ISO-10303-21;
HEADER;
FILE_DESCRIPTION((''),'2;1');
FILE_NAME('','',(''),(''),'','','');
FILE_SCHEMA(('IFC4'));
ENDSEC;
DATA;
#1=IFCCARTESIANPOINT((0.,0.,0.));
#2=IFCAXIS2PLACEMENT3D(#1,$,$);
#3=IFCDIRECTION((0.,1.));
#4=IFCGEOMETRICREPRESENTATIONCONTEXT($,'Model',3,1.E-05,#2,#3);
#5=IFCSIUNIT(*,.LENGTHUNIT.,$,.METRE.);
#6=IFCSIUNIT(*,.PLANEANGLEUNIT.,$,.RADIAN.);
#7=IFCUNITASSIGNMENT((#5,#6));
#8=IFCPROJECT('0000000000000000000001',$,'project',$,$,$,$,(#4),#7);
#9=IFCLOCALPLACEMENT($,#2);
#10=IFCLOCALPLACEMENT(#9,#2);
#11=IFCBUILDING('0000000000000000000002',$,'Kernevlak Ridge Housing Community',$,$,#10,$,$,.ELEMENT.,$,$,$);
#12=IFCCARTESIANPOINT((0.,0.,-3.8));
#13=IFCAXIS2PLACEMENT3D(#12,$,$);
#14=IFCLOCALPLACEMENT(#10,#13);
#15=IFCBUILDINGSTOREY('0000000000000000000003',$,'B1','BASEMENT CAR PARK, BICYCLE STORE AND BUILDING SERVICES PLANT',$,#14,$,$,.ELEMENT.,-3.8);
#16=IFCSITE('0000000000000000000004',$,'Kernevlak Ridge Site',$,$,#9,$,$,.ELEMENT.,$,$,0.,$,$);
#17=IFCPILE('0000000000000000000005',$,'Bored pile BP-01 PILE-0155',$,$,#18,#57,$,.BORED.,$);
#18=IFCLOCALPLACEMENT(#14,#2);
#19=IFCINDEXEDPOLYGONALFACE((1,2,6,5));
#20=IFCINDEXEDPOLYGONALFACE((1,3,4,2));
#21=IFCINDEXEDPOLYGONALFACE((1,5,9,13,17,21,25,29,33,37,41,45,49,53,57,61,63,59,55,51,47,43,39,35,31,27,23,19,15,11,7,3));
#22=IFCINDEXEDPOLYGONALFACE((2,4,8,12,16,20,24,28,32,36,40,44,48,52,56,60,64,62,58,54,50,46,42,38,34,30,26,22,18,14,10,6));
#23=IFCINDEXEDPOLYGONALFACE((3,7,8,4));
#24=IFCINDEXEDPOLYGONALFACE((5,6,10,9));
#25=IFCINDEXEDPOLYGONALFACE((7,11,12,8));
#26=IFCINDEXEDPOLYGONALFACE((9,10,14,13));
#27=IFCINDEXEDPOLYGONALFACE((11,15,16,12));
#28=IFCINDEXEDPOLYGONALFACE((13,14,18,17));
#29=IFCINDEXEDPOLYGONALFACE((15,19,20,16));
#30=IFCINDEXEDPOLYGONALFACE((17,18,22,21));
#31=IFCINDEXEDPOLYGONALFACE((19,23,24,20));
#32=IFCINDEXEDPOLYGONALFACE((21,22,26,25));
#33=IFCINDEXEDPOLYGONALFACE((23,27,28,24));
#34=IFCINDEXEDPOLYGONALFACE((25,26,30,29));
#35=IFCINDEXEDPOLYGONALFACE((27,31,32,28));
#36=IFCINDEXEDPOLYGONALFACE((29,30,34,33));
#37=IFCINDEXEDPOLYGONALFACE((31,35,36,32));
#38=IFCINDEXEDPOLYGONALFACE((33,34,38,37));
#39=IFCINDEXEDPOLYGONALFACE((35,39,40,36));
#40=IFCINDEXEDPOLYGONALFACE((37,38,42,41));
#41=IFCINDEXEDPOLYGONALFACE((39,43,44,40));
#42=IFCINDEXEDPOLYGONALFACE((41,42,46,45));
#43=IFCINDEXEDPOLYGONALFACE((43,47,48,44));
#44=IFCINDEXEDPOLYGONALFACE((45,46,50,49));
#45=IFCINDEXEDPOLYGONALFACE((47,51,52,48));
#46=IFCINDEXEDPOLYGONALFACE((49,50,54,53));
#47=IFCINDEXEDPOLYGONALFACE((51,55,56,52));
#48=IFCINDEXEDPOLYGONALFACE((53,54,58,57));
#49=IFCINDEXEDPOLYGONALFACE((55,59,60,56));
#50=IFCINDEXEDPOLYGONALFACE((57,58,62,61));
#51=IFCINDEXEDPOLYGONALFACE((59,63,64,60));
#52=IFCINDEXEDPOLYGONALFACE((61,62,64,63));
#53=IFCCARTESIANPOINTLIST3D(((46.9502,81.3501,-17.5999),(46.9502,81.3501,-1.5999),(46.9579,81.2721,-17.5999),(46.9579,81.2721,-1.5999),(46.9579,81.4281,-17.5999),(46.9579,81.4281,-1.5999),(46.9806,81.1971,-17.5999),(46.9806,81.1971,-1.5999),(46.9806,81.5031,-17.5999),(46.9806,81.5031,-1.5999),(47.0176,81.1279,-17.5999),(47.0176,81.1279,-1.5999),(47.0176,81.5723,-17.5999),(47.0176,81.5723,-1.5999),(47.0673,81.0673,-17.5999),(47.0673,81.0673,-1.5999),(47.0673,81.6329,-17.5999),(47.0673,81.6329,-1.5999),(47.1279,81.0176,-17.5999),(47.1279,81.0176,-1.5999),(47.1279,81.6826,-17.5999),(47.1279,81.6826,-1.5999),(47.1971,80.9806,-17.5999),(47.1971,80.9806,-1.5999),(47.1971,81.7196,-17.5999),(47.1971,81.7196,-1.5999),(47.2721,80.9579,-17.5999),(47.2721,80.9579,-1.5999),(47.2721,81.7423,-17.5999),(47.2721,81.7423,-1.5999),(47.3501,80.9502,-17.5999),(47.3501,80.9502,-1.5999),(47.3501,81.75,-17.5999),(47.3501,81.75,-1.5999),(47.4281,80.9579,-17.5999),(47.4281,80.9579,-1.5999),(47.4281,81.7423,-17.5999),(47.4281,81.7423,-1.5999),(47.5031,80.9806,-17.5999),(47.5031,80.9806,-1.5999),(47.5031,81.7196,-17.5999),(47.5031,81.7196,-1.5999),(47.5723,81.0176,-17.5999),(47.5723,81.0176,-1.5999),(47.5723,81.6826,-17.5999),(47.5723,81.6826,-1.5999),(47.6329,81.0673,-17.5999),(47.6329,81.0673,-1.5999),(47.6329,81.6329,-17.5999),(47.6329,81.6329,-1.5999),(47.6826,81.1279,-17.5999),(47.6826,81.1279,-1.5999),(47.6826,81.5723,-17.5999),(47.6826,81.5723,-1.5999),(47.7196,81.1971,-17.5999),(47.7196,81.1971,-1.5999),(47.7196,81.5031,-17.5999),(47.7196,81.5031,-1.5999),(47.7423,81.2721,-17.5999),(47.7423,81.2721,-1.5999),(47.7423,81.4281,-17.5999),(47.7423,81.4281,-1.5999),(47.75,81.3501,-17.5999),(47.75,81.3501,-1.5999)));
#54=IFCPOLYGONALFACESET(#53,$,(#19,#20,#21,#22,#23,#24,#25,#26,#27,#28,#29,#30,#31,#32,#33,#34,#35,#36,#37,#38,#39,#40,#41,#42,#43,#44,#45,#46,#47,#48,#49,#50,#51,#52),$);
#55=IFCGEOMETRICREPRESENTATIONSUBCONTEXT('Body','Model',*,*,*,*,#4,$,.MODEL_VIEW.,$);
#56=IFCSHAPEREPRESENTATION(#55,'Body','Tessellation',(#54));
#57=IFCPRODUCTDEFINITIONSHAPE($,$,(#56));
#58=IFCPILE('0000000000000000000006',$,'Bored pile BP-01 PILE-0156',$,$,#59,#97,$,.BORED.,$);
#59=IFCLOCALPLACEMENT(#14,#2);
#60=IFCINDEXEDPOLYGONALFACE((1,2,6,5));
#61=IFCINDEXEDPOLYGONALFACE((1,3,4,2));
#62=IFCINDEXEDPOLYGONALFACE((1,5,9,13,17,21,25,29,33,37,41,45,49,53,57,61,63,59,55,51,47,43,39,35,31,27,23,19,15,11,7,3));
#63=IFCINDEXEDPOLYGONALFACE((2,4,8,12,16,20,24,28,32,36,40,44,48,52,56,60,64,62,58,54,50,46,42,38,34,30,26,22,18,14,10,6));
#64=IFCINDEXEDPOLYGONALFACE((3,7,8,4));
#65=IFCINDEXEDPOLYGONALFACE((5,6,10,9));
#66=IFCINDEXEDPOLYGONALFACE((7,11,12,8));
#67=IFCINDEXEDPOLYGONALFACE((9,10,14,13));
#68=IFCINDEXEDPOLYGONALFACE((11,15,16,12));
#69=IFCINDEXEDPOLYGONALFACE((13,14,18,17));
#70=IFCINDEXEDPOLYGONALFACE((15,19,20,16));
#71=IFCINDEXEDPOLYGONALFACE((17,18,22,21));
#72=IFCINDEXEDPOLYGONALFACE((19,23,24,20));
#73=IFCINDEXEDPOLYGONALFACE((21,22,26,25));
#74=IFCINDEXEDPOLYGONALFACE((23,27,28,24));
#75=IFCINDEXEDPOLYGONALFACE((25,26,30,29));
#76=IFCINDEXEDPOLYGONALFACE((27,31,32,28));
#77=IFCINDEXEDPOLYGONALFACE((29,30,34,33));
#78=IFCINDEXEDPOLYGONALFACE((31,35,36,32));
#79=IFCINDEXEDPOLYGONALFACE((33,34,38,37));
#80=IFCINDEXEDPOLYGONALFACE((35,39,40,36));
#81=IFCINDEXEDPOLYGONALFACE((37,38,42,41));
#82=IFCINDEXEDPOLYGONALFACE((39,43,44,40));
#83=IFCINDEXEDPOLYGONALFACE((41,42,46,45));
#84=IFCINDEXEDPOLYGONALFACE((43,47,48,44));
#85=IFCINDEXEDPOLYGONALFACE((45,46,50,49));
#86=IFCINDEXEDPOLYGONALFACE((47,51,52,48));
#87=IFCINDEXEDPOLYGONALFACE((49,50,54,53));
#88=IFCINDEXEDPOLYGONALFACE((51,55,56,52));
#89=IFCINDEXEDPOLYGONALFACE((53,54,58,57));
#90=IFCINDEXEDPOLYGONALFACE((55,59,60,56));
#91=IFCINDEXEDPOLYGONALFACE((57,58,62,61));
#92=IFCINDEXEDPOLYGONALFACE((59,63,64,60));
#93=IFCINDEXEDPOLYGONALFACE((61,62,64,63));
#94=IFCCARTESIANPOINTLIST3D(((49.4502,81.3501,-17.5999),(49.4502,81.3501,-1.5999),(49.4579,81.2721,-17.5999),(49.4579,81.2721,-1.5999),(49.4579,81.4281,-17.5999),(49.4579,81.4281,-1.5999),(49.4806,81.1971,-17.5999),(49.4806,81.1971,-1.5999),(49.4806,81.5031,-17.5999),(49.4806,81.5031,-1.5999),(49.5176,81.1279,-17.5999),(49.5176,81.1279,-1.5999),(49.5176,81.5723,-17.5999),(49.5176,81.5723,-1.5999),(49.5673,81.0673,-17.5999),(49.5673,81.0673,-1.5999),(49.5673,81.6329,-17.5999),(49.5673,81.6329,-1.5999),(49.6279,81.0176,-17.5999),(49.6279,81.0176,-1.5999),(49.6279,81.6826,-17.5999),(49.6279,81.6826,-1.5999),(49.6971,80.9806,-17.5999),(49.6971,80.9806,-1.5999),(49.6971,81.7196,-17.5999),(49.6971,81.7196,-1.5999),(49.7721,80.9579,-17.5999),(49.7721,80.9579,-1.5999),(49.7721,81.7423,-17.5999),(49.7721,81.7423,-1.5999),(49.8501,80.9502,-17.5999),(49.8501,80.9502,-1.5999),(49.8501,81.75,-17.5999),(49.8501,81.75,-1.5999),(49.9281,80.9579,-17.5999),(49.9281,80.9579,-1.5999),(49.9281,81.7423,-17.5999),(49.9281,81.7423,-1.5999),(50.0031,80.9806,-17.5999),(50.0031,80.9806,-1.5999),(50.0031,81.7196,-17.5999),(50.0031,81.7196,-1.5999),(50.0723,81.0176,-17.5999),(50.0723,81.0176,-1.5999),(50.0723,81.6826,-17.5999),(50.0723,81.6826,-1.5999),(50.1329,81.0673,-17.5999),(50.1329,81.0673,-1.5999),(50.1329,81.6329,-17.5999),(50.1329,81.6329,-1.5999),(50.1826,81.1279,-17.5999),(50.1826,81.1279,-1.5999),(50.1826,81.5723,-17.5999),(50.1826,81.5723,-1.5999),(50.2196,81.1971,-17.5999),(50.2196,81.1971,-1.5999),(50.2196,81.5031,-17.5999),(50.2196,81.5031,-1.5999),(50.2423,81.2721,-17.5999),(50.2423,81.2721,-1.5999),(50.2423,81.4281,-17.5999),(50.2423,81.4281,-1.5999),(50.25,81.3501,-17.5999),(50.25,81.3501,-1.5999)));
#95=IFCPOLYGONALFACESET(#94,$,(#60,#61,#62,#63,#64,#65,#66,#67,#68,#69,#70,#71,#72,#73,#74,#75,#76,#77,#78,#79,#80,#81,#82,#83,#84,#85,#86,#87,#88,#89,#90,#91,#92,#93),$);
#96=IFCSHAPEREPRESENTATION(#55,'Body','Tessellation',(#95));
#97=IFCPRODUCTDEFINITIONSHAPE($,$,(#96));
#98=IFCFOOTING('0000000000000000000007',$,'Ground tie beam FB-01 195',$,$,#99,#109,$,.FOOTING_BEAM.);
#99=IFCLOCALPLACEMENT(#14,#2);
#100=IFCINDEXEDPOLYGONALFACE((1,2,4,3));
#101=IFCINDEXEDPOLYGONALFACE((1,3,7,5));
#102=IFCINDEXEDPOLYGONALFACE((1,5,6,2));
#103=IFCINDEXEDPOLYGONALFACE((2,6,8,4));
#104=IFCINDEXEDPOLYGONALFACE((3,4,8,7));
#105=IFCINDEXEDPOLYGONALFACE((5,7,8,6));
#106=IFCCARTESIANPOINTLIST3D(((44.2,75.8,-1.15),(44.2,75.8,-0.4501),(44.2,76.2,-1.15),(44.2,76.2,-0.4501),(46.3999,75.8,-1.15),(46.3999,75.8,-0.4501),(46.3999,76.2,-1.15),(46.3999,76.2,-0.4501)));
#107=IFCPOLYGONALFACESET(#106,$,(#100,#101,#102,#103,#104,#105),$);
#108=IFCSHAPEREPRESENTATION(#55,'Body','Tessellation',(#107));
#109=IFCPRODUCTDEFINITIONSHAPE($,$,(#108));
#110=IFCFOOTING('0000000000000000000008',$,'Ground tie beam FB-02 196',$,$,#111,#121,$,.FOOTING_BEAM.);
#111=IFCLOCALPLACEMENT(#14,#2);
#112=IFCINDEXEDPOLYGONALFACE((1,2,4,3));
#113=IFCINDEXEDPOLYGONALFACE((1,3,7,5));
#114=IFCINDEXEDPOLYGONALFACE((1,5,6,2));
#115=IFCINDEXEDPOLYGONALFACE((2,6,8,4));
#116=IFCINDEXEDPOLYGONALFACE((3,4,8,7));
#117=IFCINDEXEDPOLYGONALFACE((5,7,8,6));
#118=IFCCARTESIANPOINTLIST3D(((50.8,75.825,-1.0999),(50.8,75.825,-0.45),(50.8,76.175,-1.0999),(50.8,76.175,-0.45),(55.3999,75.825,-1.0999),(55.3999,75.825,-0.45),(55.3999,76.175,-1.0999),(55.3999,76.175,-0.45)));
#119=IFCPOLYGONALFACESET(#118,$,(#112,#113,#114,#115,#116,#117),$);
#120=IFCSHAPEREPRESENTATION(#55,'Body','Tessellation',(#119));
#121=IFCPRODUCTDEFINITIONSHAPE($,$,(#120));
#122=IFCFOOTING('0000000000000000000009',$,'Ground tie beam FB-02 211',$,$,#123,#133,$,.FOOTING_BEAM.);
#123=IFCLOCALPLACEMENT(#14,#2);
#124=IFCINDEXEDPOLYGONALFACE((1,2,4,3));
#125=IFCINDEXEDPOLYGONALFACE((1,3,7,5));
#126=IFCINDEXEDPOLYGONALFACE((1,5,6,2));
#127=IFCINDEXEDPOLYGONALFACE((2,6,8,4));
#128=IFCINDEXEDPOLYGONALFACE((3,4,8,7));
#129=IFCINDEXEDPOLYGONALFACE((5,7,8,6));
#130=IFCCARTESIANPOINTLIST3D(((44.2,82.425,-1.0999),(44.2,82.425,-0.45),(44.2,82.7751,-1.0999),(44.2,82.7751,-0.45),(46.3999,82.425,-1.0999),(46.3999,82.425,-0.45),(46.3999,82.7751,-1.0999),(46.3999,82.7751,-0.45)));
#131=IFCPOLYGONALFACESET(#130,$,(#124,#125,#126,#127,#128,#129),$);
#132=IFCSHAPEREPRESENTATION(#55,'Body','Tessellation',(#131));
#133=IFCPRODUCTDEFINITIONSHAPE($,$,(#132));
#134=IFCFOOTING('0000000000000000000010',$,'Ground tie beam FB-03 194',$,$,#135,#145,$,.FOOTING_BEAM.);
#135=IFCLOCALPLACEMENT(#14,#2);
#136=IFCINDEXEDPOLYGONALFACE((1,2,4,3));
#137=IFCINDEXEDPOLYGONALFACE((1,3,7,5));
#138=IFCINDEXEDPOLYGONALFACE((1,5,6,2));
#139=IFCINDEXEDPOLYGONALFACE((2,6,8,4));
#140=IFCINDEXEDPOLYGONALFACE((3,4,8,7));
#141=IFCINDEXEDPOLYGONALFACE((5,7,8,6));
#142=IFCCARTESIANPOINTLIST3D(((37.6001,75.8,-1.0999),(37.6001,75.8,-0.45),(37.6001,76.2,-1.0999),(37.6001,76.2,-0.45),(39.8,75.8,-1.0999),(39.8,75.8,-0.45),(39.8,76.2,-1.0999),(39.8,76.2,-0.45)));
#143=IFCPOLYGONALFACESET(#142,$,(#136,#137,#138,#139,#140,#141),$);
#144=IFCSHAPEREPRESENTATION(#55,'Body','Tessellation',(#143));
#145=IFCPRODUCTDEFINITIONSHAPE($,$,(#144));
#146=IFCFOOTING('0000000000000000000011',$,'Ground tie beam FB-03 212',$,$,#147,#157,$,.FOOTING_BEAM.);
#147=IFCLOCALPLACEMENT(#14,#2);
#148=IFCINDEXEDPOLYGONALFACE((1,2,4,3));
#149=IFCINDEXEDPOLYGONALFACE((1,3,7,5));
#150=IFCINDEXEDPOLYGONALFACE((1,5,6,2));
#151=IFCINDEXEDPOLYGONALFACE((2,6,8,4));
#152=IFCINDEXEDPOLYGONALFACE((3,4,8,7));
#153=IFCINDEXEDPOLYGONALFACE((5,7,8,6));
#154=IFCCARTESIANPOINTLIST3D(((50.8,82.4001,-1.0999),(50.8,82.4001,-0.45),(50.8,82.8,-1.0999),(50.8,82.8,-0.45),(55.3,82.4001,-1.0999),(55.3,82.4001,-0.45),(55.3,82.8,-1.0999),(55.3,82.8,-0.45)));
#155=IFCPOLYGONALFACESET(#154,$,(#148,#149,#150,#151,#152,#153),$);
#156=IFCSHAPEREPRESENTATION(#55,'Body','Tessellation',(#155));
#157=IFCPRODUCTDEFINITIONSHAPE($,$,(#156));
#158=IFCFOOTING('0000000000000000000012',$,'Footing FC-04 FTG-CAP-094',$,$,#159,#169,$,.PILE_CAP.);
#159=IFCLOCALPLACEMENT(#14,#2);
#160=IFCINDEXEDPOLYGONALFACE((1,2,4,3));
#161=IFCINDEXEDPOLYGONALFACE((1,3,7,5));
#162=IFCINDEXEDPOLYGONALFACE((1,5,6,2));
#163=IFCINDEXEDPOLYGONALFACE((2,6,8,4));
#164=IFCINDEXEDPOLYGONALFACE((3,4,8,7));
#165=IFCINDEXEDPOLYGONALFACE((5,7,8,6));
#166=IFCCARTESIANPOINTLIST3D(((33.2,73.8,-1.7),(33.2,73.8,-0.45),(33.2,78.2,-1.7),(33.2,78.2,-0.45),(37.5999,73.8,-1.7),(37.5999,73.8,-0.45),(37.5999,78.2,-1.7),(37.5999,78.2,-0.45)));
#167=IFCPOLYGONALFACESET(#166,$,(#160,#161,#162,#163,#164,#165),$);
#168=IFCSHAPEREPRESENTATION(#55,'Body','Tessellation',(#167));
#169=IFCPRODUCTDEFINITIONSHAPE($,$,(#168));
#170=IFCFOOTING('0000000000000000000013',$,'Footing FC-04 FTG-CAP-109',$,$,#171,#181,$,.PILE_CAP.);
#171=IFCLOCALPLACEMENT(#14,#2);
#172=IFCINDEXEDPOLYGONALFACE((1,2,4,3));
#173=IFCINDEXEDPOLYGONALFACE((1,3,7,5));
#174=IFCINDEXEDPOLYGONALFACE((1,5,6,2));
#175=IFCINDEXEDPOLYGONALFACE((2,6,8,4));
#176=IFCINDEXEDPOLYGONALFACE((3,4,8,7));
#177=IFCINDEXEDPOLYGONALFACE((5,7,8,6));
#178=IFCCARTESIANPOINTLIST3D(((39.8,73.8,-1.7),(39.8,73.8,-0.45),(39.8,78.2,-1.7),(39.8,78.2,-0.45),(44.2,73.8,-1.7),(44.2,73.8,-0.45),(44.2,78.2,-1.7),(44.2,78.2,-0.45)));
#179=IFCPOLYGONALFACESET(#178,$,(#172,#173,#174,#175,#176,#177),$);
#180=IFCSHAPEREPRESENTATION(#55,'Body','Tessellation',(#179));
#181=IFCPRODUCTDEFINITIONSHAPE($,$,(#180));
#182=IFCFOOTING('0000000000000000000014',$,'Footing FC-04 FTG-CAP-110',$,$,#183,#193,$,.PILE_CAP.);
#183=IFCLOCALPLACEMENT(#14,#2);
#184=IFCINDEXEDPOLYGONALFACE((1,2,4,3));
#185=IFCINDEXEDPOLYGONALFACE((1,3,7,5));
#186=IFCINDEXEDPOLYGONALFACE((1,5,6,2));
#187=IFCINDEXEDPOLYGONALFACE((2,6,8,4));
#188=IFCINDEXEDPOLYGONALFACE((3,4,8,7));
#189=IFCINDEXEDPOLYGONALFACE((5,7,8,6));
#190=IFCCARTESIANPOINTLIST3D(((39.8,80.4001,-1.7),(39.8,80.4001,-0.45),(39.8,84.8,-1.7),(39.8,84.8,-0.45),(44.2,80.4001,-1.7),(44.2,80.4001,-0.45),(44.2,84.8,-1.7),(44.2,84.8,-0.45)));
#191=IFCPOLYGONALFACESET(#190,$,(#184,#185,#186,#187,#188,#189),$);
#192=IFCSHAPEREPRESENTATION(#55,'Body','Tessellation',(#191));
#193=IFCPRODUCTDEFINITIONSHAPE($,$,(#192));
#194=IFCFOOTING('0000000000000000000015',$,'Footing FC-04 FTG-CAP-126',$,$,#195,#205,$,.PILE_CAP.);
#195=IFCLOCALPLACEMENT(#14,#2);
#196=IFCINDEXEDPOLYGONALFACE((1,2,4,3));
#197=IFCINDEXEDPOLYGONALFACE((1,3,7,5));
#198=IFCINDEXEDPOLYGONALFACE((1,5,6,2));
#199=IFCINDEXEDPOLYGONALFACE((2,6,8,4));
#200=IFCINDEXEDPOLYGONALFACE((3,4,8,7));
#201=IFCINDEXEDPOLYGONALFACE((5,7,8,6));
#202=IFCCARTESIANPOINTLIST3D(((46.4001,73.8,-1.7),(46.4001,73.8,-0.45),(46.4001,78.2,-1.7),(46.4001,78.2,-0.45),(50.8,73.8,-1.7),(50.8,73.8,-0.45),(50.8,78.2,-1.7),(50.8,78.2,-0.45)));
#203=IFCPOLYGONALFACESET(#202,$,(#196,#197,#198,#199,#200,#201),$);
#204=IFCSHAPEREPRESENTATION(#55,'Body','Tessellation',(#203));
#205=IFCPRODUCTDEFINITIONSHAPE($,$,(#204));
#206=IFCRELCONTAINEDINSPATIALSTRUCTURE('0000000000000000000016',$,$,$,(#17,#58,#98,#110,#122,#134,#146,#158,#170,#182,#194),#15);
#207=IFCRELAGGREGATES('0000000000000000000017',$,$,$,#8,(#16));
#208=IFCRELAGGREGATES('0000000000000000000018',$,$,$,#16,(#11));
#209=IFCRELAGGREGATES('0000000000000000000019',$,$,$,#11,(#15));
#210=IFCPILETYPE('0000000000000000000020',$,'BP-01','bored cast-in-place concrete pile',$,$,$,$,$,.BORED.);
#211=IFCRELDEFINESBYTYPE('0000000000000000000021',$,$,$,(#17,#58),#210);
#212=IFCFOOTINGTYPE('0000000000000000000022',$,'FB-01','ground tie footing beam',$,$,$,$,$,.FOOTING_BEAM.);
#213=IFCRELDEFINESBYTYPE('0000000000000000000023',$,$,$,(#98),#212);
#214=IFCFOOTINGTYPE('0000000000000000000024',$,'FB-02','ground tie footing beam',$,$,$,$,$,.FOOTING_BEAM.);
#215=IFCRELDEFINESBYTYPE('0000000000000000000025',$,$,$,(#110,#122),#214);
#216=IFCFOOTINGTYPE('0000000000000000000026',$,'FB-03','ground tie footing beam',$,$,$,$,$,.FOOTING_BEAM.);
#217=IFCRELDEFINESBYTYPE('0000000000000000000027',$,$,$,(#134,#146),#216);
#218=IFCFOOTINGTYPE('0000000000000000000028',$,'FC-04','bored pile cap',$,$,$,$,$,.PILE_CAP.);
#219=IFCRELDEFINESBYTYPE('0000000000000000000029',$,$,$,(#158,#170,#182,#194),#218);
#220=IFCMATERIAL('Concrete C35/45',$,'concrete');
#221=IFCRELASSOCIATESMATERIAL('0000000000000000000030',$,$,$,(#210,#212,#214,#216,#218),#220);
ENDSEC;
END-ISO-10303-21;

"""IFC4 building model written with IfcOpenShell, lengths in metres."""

from ifc_helpers import new_model, si_unit, direction, frame, origin, origin_2d, place, context, subcontext, project, spatial, rectangle, circle, extrude, material, material_profile, profile_set, type_object, element, save


model = new_model("IFC4")

# Units and contexts
model_context = context("Model", 3, precision=1e-05, world=origin(), true_north=direction((0.0, 1.0)))
body_context = subcontext(model_context, "Body", "Model", "MODEL_VIEW")
ifc_project = project(units=[si_unit("LENGTHUNIT", "METRE"), si_unit("PLANEANGLEUNIT", "RADIAN")], contexts=[model_context])

# Site, building, storey
site_placement = place(None, origin())
site = spatial("IfcSite", under=ifc_project, at=site_placement, Name="Kernevlak Ridge Site", CompositionType="ELEMENT", RefElevation=0.0)
building_placement = place(site_placement, origin())
building = spatial("IfcBuilding", under=site, at=building_placement, Name="Kernevlak Ridge Housing Community", CompositionType="ELEMENT")
storey_placement = place(building_placement, frame((0.0, 0.0, -3.8)))
storey = spatial("IfcBuildingStorey", under=building, at=storey_placement, Name="B1", Description="BASEMENT CAR PARK, BICYCLE STORE AND BUILDING SERVICES PLANT", CompositionType="ELEMENT", Elevation=-3.8)

# Piles
ifc_material_1 = material(Name="Concrete C35/45", Category="concrete")
ifc_material_profile_1 = material_profile(ifc_material_1, circle(Radius=0.3999, at=origin_2d()), Name="BORED PILE 800")
ifc_profile_set_1 = profile_set([ifc_material_profile_1], Name="Concrete C35/45")
pile_type = type_object("IfcPileType", Name="BP-01", Description="bored cast-in-place concrete pile", PredefinedType="BORED", material=ifc_profile_set_1)
for number, where, z_axis, x_axis, name in (
    (1, (47.3501, 81.3501, -1.5999), (0.0, 0.0, -1.0), (1.0, 0.0, 0.0), "Bored pile BP-01 PILE-0155"),
    (2, (49.8501, 81.3501, -1.5999), (0.0, 0.0, -1.0), (1.0, 0.0, 0.0), "Bored pile BP-01 PILE-0156"),
):
    element("IfcPile", number, at=place(storey_placement, frame(where, z_axis=z_axis, x_axis=x_axis)), inside=storey, type_object=pile_type, Name=name, PredefinedType="BORED", context=body_context, shape_type="SweptSolid", body=[
        extrude(circle(Radius=0.3999, at=origin_2d()), origin(), (0.0, 0.0, 1.0), 16.0),
    ])

# Footings
ifc_material_profile_2 = material_profile(ifc_material_1, rectangle(XDim=0.3999, YDim=0.7, at=origin_2d()), Name="RC 400x700")
ifc_profile_set_2 = profile_set([ifc_material_profile_2], Name="Concrete C35/45")
footing_type_1 = type_object("IfcFootingType", Name="FB-01", Description="ground tie footing beam", PredefinedType="FOOTING_BEAM", material=ifc_profile_set_2)
footing_1_placement = place(storey_placement, frame((44.2, 76.0, -0.8), z_axis=(1.0, 0.0, 0.0), x_axis=(0.0, 1.0, 0.0)))
element("IfcFooting", 3, at=footing_1_placement, inside=storey, type_object=footing_type_1, Name="Ground tie beam FB-01 195", PredefinedType="FOOTING_BEAM", context=body_context, shape_type="SweptSolid", body=[
    extrude(rectangle(XDim=0.3999, YDim=0.7, at=origin_2d()), origin(), (0.0, 0.0, 1.0), 2.2),
])
ifc_material_profile_3 = material_profile(ifc_material_1, rectangle(XDim=0.3501, YDim=0.6499, at=origin_2d()), Name="RC 350x650")
ifc_profile_set_3 = profile_set([ifc_material_profile_3], Name="Concrete C35/45")
footing_type_2 = type_object("IfcFootingType", Name="FB-02", Description="ground tie footing beam", PredefinedType="FOOTING_BEAM", material=ifc_profile_set_3)
footing_2_placement = place(storey_placement, frame((50.8, 76.0, -0.7749), z_axis=(1.0, 0.0, 0.0), x_axis=(0.0, 1.0, 0.0)))
element("IfcFooting", 4, at=footing_2_placement, inside=storey, type_object=footing_type_2, Name="Ground tie beam FB-02 196", PredefinedType="FOOTING_BEAM", context=body_context, shape_type="SweptSolid", body=[
    extrude(rectangle(XDim=0.3501, YDim=0.6499, at=origin_2d()), origin(), (0.0, 0.0, 1.0), 4.5999),
])
footing_3_placement = place(storey_placement, frame((44.2, 82.6001, -0.7749), z_axis=(1.0, 0.0, 0.0), x_axis=(0.0, 1.0, 0.0)))
element("IfcFooting", 5, at=footing_3_placement, inside=storey, type_object=footing_type_2, Name="Ground tie beam FB-02 211", PredefinedType="FOOTING_BEAM", context=body_context, shape_type="SweptSolid", body=[
    extrude(rectangle(XDim=0.3501, YDim=0.6499, at=origin_2d()), origin(), (0.0, 0.0, 1.0), 2.2),
])
ifc_material_profile_4 = material_profile(ifc_material_1, rectangle(XDim=0.3999, YDim=0.6499, at=origin_2d()), Name="RC 400x650")
ifc_profile_set_4 = profile_set([ifc_material_profile_4], Name="Concrete C35/45")
footing_type_3 = type_object("IfcFootingType", Name="FB-03", Description="ground tie footing beam", PredefinedType="FOOTING_BEAM", material=ifc_profile_set_4)
footing_4_placement = place(storey_placement, frame((37.6001, 76.0, -0.7749), z_axis=(1.0, 0.0, 0.0), x_axis=(0.0, 1.0, 0.0)))
element("IfcFooting", 6, at=footing_4_placement, inside=storey, type_object=footing_type_3, Name="Ground tie beam FB-03 194", PredefinedType="FOOTING_BEAM", context=body_context, shape_type="SweptSolid", body=[
    extrude(rectangle(XDim=0.3999, YDim=0.6499, at=origin_2d()), origin(), (0.0, 0.0, 1.0), 2.2),
])
footing_5_placement = place(storey_placement, frame((50.8, 82.6001, -0.7749), z_axis=(1.0, 0.0, 0.0), x_axis=(0.0, 1.0, 0.0)))
element("IfcFooting", 7, at=footing_5_placement, inside=storey, type_object=footing_type_3, Name="Ground tie beam FB-03 212", PredefinedType="FOOTING_BEAM", context=body_context, shape_type="SweptSolid", body=[
    extrude(rectangle(XDim=0.3999, YDim=0.6499, at=origin_2d()), origin(), (0.0, 0.0, 1.0), 4.5),
])
footing_type_4 = type_object("IfcFootingType", Name="FC-04", Description="bored pile cap", PredefinedType="PILE_CAP", material=ifc_material_1)
for number, where, z_axis, x_axis, name in (
    (8, (35.3999, 76.0, -1.7), (0.0, 0.0, 1.0), (1.0, 0.0, 0.0), "Footing FC-04 FTG-CAP-094"),
    (9, (42.0, 76.0, -1.7), (0.0, 0.0, 1.0), (1.0, 0.0, 0.0), "Footing FC-04 FTG-CAP-109"),
    (10, (42.0, 82.6001, -1.7), (0.0, 0.0, 1.0), (1.0, 0.0, 0.0), "Footing FC-04 FTG-CAP-110"),
    (11, (48.6001, 76.0, -1.7), (0.0, 0.0, 1.0), (1.0, 0.0, 0.0), "Footing FC-04 FTG-CAP-126"),
):
    element("IfcFooting", number, at=place(storey_placement, frame(where, z_axis=z_axis, x_axis=x_axis)), inside=storey, type_object=footing_type_4, Name=name, PredefinedType="PILE_CAP", context=body_context, shape_type="SweptSolid", body=[
        extrude(rectangle(XDim=4.3999, YDim=4.3999, at=origin_2d()), origin(), (0.0, 0.0, 1.0), 1.25),
    ])

save(model, "model.ifc")
